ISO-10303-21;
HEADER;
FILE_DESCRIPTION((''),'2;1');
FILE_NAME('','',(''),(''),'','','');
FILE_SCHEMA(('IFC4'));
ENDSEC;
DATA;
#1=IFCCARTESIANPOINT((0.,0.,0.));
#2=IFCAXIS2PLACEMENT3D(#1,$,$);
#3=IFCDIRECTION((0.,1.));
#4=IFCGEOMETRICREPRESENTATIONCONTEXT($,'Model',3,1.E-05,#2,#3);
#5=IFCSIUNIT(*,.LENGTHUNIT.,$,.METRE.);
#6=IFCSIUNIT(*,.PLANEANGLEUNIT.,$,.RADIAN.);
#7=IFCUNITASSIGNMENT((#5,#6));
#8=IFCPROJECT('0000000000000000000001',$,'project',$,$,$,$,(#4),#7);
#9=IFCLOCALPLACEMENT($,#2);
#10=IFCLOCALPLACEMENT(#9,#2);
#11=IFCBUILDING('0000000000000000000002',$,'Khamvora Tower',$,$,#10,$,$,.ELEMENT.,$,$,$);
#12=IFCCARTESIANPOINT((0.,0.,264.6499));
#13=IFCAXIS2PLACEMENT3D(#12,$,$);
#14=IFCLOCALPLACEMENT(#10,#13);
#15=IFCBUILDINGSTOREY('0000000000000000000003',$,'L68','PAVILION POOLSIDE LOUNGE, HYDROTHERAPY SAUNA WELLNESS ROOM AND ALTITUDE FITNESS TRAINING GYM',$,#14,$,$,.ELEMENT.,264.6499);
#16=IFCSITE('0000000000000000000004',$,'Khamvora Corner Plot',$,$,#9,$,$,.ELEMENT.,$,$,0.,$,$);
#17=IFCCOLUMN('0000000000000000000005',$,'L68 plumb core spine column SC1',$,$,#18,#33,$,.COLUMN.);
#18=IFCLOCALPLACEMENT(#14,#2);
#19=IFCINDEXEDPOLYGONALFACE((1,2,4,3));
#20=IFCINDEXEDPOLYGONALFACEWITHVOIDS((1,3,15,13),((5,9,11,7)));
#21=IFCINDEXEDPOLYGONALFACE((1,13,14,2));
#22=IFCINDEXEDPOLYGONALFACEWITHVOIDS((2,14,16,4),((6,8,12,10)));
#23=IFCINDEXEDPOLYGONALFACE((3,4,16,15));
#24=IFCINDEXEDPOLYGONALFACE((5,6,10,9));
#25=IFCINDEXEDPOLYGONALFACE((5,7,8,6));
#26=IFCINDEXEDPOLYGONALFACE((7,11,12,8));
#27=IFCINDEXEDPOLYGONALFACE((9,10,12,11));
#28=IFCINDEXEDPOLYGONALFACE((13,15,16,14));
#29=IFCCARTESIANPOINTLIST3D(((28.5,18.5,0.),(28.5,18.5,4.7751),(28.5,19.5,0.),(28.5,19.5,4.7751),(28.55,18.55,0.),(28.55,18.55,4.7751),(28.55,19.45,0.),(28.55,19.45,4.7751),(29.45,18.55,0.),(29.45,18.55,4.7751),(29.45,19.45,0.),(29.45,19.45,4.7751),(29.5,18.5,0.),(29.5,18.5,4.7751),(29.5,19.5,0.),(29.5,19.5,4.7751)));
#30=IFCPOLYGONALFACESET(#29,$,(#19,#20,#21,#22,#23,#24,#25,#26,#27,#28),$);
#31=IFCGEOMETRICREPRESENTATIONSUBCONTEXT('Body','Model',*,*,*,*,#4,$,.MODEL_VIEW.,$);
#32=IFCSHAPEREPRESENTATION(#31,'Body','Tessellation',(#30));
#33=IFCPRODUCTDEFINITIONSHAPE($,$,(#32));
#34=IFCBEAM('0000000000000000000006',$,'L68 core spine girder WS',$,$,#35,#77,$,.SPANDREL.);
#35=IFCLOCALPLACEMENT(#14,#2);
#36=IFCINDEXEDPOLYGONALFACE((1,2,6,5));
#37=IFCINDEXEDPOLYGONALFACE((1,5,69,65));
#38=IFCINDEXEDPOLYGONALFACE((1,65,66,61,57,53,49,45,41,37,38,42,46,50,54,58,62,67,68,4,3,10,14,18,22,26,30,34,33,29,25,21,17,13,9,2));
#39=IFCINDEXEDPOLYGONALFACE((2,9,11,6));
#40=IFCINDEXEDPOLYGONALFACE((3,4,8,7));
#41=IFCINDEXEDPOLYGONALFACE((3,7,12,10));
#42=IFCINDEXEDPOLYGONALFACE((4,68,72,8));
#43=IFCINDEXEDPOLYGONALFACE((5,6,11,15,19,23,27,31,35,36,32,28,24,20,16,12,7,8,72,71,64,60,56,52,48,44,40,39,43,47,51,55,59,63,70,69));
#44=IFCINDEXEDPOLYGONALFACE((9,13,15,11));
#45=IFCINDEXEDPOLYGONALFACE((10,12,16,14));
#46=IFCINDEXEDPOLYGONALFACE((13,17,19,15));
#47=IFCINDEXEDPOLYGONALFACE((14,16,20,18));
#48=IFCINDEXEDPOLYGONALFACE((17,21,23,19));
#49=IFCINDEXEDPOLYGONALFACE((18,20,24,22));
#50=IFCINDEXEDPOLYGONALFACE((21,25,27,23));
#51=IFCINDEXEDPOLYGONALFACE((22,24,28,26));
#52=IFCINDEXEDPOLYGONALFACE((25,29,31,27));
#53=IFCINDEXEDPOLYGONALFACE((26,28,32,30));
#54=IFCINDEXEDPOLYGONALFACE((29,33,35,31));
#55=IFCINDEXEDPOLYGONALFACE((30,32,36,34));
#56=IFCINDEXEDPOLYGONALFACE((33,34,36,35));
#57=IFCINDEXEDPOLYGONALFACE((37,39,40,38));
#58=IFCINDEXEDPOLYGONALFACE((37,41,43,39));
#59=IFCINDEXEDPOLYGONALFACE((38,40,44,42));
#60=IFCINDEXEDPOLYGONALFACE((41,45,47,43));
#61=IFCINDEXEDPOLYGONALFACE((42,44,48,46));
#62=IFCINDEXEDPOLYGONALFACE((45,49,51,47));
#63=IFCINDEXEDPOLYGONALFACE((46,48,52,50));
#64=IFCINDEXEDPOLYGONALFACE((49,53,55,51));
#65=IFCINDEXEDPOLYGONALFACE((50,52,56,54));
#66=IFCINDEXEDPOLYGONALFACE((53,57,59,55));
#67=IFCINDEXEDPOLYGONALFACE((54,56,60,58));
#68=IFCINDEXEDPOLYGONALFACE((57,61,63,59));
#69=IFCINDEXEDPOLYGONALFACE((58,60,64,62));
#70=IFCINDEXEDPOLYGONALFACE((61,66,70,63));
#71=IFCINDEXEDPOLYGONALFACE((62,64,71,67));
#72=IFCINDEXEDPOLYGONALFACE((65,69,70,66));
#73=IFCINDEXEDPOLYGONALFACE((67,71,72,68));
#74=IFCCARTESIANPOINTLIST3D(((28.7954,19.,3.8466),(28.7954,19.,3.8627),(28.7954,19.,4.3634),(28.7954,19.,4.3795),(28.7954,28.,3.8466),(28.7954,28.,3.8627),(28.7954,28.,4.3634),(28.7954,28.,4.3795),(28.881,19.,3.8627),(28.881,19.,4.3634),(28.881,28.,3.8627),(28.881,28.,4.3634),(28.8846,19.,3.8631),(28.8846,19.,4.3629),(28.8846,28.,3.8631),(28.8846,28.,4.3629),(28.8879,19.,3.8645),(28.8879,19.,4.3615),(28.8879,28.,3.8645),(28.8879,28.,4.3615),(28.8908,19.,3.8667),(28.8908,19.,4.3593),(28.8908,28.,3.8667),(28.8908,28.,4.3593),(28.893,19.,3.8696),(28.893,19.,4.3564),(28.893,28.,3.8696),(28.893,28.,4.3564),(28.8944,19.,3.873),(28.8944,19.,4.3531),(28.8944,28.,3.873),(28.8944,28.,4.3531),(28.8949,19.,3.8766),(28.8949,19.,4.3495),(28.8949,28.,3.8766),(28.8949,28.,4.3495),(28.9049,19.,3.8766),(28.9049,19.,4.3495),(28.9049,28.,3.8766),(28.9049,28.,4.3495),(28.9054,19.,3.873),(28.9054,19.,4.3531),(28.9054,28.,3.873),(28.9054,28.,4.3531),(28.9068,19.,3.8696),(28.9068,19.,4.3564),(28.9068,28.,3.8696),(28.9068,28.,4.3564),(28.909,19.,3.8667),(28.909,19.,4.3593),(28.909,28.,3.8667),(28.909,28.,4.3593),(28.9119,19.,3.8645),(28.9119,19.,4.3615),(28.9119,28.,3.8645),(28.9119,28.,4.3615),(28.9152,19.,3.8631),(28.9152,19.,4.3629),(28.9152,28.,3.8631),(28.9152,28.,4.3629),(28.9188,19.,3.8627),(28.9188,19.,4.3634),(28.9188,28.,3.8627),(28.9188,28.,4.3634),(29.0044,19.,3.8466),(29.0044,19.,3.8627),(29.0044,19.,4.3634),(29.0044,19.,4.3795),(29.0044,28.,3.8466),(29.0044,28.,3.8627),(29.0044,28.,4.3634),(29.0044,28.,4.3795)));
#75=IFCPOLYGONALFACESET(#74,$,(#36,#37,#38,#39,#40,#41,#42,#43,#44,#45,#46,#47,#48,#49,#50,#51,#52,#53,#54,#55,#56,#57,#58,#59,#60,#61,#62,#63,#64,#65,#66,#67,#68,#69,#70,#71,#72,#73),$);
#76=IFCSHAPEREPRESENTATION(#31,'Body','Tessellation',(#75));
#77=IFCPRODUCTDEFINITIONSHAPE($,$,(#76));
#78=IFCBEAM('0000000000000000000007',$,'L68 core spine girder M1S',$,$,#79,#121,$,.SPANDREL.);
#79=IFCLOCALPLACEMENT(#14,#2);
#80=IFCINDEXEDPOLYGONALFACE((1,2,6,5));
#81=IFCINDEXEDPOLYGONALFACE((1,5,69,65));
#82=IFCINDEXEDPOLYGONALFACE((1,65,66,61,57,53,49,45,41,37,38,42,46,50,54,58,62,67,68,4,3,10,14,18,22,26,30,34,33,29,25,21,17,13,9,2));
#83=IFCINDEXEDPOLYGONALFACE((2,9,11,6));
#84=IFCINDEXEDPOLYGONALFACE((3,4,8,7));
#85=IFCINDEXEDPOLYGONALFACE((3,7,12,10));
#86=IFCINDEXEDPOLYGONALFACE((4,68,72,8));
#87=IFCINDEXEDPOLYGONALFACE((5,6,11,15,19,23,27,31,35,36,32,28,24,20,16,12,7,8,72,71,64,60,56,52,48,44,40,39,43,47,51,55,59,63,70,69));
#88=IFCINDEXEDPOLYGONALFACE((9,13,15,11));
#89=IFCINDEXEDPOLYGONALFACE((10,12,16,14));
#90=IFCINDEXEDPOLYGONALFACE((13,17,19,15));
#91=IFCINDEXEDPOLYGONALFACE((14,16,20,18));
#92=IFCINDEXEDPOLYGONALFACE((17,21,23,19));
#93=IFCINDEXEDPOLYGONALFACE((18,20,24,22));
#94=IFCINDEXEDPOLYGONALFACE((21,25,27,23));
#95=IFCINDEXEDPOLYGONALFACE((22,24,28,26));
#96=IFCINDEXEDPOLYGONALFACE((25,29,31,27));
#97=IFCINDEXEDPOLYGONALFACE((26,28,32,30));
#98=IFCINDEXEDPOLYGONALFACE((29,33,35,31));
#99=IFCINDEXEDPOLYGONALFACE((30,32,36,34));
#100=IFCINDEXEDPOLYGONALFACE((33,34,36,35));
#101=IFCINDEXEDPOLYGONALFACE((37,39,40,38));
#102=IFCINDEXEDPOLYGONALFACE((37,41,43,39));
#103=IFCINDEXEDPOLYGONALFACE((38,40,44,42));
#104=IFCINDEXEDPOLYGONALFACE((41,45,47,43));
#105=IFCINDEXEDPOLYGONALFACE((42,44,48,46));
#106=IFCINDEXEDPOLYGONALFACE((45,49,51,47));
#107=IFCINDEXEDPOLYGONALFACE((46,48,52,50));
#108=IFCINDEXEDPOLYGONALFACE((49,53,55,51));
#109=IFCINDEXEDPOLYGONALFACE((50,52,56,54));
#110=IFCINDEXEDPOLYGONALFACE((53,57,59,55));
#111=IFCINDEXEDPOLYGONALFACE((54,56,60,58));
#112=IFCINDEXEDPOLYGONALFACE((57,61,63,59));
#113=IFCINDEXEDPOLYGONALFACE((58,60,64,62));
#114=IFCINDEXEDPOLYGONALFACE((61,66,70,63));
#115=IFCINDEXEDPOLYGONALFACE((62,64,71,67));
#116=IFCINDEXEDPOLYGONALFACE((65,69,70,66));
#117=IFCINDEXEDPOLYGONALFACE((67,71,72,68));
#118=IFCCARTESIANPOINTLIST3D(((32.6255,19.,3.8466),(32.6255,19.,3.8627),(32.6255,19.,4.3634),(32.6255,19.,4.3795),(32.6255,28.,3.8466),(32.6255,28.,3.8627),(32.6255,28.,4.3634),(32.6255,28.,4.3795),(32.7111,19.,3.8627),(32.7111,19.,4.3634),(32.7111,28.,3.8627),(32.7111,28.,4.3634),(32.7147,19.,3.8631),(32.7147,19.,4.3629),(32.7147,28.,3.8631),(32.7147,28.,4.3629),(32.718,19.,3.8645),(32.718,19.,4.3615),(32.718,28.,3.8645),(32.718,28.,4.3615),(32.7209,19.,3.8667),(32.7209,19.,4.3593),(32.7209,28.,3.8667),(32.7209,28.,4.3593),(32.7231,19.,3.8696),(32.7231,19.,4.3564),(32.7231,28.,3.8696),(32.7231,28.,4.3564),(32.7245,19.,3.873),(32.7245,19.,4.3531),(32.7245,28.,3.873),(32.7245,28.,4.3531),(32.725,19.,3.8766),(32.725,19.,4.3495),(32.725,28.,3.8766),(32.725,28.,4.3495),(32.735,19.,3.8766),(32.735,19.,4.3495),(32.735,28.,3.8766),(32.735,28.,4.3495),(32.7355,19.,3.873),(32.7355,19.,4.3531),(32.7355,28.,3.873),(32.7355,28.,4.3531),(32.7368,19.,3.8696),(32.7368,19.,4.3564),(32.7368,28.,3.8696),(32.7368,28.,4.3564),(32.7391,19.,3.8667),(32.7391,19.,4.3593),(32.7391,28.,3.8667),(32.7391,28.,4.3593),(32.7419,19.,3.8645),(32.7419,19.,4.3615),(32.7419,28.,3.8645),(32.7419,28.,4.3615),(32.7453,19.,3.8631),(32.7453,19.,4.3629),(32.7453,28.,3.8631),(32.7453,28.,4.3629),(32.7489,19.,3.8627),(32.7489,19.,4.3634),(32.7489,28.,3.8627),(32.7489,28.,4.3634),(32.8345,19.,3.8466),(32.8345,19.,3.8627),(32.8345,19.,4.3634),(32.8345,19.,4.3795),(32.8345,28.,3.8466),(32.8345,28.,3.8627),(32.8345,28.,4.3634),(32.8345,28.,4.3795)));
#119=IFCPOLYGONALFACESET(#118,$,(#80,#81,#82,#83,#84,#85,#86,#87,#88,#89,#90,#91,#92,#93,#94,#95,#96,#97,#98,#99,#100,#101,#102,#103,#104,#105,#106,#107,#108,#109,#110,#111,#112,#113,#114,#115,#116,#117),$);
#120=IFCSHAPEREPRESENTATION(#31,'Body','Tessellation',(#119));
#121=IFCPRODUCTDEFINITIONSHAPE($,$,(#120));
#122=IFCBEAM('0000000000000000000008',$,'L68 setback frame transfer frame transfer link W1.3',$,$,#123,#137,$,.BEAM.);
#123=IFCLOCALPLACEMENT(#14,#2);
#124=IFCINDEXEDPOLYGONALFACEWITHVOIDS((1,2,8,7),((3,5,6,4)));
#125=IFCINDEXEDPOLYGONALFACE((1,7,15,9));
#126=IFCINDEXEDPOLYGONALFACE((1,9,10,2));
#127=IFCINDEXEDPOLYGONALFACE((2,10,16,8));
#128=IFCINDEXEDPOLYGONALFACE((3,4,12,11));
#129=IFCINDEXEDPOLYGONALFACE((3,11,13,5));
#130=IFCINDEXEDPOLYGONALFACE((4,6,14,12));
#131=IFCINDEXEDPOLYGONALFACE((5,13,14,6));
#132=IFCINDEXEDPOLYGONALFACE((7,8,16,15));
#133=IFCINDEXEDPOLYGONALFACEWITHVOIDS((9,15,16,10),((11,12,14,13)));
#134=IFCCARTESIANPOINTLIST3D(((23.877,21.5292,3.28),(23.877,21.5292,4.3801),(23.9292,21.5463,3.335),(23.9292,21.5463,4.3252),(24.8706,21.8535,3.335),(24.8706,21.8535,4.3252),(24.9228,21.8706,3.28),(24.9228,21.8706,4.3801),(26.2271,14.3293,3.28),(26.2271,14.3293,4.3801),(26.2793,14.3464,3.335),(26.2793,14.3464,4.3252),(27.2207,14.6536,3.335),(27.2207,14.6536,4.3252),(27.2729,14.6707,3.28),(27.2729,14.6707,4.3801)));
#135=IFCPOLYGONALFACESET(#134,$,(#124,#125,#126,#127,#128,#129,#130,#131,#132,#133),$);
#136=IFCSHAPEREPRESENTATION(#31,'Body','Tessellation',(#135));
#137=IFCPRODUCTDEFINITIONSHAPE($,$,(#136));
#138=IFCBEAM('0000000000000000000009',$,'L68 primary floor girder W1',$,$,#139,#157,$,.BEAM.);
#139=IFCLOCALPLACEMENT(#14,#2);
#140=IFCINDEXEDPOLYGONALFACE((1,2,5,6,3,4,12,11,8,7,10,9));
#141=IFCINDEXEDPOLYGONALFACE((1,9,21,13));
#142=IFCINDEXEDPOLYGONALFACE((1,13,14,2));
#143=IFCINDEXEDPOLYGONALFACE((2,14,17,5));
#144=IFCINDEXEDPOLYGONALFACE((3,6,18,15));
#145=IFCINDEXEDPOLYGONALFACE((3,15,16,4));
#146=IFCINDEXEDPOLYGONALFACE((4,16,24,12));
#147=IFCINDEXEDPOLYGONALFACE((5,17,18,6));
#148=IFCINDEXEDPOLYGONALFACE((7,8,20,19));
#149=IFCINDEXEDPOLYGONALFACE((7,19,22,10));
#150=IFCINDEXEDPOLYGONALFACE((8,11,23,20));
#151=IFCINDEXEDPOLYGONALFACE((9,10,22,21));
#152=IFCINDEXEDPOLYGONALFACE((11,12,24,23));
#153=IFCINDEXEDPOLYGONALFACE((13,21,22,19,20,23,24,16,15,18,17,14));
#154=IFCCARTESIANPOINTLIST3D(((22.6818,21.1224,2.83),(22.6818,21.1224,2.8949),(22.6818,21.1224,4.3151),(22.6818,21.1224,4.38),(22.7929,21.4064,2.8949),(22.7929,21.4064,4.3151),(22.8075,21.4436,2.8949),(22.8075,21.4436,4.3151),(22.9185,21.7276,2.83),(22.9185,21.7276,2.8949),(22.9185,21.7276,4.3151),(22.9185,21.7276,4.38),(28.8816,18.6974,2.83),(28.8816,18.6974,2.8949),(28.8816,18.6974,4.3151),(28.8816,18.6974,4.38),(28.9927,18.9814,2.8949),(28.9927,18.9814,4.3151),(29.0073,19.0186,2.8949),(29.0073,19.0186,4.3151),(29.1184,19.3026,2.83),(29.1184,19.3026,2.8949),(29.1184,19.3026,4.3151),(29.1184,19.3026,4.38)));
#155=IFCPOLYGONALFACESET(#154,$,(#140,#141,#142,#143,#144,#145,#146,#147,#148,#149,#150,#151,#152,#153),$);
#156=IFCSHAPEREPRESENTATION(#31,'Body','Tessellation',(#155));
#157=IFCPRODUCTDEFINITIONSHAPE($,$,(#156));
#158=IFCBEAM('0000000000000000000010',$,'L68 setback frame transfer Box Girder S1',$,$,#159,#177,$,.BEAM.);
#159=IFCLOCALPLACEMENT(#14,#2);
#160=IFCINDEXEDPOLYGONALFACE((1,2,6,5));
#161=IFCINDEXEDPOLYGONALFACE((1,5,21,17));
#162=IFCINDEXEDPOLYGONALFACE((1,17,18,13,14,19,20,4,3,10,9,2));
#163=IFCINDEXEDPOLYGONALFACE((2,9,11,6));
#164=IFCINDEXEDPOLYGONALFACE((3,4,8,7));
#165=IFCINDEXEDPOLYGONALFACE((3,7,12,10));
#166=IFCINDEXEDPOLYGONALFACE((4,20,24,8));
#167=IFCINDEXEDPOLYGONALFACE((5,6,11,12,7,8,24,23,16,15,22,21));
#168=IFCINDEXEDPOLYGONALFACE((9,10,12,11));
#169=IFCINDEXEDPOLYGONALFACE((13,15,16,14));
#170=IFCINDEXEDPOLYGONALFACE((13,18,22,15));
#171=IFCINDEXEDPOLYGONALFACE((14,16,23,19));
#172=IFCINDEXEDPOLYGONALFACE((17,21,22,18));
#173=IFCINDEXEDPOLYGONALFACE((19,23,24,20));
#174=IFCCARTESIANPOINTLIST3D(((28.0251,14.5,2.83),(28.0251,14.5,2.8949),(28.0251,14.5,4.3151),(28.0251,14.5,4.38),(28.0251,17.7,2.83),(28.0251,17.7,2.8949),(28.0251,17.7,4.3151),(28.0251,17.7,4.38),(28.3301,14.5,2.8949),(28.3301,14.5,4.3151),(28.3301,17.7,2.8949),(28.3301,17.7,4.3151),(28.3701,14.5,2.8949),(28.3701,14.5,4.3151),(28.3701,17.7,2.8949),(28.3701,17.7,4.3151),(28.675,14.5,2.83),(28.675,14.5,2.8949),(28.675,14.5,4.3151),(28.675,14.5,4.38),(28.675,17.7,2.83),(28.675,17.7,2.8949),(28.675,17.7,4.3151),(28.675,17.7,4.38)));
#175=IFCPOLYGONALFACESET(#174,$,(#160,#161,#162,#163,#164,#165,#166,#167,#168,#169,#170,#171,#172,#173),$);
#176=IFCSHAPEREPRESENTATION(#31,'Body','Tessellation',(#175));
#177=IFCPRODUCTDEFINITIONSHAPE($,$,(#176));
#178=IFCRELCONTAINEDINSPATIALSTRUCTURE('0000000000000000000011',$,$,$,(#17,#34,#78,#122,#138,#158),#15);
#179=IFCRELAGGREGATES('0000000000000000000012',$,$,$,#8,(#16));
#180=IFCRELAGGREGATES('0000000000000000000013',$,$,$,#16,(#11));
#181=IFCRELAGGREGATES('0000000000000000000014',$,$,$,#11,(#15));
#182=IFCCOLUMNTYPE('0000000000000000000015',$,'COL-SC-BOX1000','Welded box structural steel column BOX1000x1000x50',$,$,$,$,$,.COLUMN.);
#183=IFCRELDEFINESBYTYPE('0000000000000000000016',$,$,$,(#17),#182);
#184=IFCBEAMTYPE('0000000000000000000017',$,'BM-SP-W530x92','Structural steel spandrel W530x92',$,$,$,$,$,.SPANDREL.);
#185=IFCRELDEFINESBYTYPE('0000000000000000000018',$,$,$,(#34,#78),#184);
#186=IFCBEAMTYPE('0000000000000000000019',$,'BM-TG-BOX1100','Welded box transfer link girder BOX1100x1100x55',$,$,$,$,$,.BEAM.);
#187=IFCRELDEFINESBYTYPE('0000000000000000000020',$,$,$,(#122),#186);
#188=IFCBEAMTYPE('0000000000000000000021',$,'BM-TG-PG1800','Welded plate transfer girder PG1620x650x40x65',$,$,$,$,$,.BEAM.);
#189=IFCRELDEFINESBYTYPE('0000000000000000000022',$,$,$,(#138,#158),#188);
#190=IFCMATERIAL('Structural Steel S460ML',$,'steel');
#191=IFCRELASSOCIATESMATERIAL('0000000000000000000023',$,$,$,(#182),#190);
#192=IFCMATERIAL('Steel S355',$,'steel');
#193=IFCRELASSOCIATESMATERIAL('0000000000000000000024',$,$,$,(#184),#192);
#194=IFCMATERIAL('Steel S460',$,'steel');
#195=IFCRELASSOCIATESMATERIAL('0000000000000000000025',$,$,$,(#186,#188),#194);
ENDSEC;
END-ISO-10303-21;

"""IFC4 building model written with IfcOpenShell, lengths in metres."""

from ifc_helpers import new_model, si_unit, direction, frame, origin, origin_2d, place, context, subcontext, project, spatial, hollow_rectangle, i_section, extrude, material, material_profile, profile_set, type_object, element, save


model = new_model("IFC4")

# Units and contexts
model_context = context("Model", 3, precision=1e-05, world=origin(), true_north=direction((0.0, 1.0)))
body_context = subcontext(model_context, "Body", "Model", "MODEL_VIEW")
ifc_project = project(units=[si_unit("LENGTHUNIT", "METRE"), si_unit("PLANEANGLEUNIT", "RADIAN")], contexts=[model_context])

# Site, building, storey
site_placement = place(None, origin())
site = spatial("IfcSite", under=ifc_project, at=site_placement, Name="Khamvora Corner Plot", CompositionType="ELEMENT", RefElevation=0.0)
building_placement = place(site_placement, origin())
building = spatial("IfcBuilding", under=site, at=building_placement, Name="Khamvora Tower", CompositionType="ELEMENT")
storey_placement = place(building_placement, frame((0.0, 0.0, 264.6499)))
storey = spatial("IfcBuildingStorey", under=building, at=storey_placement, Name="L68", Description="PAVILION POOLSIDE LOUNGE, HYDROTHERAPY SAUNA WELLNESS ROOM AND ALTITUDE FITNESS TRAINING GYM", CompositionType="ELEMENT", Elevation=264.6499)

# Column
ifc_material_1 = material(Name="Structural Steel S460ML", Category="steel")
ifc_material_profile_1 = material_profile(ifc_material_1, hollow_rectangle(XDim=1.0, YDim=1.0, WallThickness=0.05, at=origin_2d()), Name="BOX1000x1000x50")
ifc_profile_set_1 = profile_set([ifc_material_profile_1], Name="Structural Steel S460ML")
column_type = type_object("IfcColumnType", Name="COL-SC-BOX1000", Description="Welded box structural steel column BOX1000x1000x50", PredefinedType="COLUMN", material=ifc_profile_set_1)
column_placement = place(storey_placement, frame((29.0, 19.0, 0.0), z_axis=(0.0, 0.0, 1.0), x_axis=(1.0, 0.0, 0.0)))
element("IfcColumn", 1, at=column_placement, inside=storey, type_object=column_type, Name="L68 plumb core spine column SC1", PredefinedType="COLUMN", context=body_context, shape_type="SweptSolid", body=[
    extrude(hollow_rectangle(XDim=1.0, YDim=1.0, WallThickness=0.05, at=origin_2d()), origin(), (0.0, 0.0, 1.0), 4.7751),
])

# Beams
ifc_material_2 = material(Name="Steel S355", Category="steel")
ifc_material_profile_2 = material_profile(ifc_material_2, i_section(OverallWidth=0.209, OverallDepth=0.533, WebThickness=0.01, FlangeThickness=0.0161, FilletRadius=0.0139, at=origin_2d()), Name="W530x92")
ifc_profile_set_2 = profile_set([ifc_material_profile_2], Name="Steel S355")
beam_type_1 = type_object("IfcBeamType", Name="BM-SP-W530x92", Description="Structural steel spandrel W530x92", PredefinedType="SPANDREL", material=ifc_profile_set_2)
for number, where, z_axis, x_axis, name in (
    (2, (28.8999, 19.0, 4.113), (0.0, 1.0, 0.0), (-1.0, 0.0, 0.0), "L68 core spine girder WS"),
    (3, (32.73, 19.0, 4.113), (0.0, 1.0, 0.0), (-1.0, 0.0, 0.0), "L68 core spine girder M1S"),
):
    element("IfcBeam", number, at=place(storey_placement, frame(where, z_axis=z_axis, x_axis=x_axis)), inside=storey, type_object=beam_type_1, Name=name, PredefinedType="SPANDREL", context=body_context, shape_type="SweptSolid", body=[
        extrude(i_section(OverallWidth=0.209, OverallDepth=0.533, WebThickness=0.01, FlangeThickness=0.0161, FilletRadius=0.0139, at=origin_2d()), origin(), (0.0, 0.0, 1.0), 9.0),
    ])
ifc_material_3 = material(Name="Steel S460", Category="steel")
ifc_material_profile_3 = material_profile(ifc_material_3, hollow_rectangle(XDim=1.1001, YDim=1.1001, WallThickness=0.0549, at=origin_2d()), Name="BOX1100x1100x55")
ifc_profile_set_3 = profile_set([ifc_material_profile_3], Name="Steel S460")
beam_type_2 = type_object("IfcBeamType", Name="BM-TG-BOX1100", Description="Welded box transfer link girder BOX1100x1100x55", PredefinedType="BEAM", material=ifc_profile_set_3)
beam_1_placement = place(storey_placement, frame((26.75, 14.5, 3.8301), z_axis=(-0.310294, 0.950641, 0.0), x_axis=(-0.950641, -0.310294, 0.0)))
element("IfcBeam", 4, at=beam_1_placement, inside=storey, type_object=beam_type_2, Name="L68 setback frame transfer frame transfer link W1.3", PredefinedType="BEAM", context=body_context, shape_type="SweptSolid", body=[
    extrude(hollow_rectangle(XDim=1.1001, YDim=1.1001, WallThickness=0.0549, at=origin_2d()), origin(), (0.0, 0.0, 1.0), 7.5737),
])
ifc_material_profile_4 = material_profile(ifc_material_3, i_section(OverallWidth=0.6499, OverallDepth=1.55, WebThickness=0.04, FlangeThickness=0.0649, at=origin_2d()), Name="PG1550x650x40x65")
ifc_profile_set_4 = profile_set([ifc_material_profile_4], Name="Steel S460")
beam_type_3 = type_object("IfcBeamType", Name="BM-TG-PG1800", Description="Welded plate transfer girder PG1620x650x40x65", PredefinedType="BEAM", material=ifc_profile_set_4)
beam_2_placement = place(storey_placement, frame((29.0, 19.0, 3.605), z_axis=(-0.931295, 0.364267, 0.0), x_axis=(-0.364267, -0.931295, 0.0)))
element("IfcBeam", 5, at=beam_2_placement, inside=storey, type_object=beam_type_3, Name="L68 primary floor girder W1", PredefinedType="BEAM", context=body_context, shape_type="SweptSolid", body=[
    extrude(i_section(OverallWidth=0.6499, OverallDepth=1.55, WebThickness=0.04, FlangeThickness=0.0649, at=origin_2d()), origin(), (0.0, 0.0, 1.0), 6.6572),
])
beam_3_placement = place(storey_placement, frame((28.3501, 14.5, 3.605), z_axis=(0.0, 1.0, 0.0), x_axis=(-1.0, 0.0, 0.0)))
element("IfcBeam", 6, at=beam_3_placement, inside=storey, type_object=beam_type_3, Name="L68 setback frame transfer Box Girder S1", PredefinedType="BEAM", context=body_context, shape_type="SweptSolid", body=[
    extrude(i_section(OverallWidth=0.6499, OverallDepth=1.55, WebThickness=0.04, FlangeThickness=0.0649, at=origin_2d()), origin(), (0.0, 0.0, 1.0), 3.2),
])

save(model, "model.ifc")
